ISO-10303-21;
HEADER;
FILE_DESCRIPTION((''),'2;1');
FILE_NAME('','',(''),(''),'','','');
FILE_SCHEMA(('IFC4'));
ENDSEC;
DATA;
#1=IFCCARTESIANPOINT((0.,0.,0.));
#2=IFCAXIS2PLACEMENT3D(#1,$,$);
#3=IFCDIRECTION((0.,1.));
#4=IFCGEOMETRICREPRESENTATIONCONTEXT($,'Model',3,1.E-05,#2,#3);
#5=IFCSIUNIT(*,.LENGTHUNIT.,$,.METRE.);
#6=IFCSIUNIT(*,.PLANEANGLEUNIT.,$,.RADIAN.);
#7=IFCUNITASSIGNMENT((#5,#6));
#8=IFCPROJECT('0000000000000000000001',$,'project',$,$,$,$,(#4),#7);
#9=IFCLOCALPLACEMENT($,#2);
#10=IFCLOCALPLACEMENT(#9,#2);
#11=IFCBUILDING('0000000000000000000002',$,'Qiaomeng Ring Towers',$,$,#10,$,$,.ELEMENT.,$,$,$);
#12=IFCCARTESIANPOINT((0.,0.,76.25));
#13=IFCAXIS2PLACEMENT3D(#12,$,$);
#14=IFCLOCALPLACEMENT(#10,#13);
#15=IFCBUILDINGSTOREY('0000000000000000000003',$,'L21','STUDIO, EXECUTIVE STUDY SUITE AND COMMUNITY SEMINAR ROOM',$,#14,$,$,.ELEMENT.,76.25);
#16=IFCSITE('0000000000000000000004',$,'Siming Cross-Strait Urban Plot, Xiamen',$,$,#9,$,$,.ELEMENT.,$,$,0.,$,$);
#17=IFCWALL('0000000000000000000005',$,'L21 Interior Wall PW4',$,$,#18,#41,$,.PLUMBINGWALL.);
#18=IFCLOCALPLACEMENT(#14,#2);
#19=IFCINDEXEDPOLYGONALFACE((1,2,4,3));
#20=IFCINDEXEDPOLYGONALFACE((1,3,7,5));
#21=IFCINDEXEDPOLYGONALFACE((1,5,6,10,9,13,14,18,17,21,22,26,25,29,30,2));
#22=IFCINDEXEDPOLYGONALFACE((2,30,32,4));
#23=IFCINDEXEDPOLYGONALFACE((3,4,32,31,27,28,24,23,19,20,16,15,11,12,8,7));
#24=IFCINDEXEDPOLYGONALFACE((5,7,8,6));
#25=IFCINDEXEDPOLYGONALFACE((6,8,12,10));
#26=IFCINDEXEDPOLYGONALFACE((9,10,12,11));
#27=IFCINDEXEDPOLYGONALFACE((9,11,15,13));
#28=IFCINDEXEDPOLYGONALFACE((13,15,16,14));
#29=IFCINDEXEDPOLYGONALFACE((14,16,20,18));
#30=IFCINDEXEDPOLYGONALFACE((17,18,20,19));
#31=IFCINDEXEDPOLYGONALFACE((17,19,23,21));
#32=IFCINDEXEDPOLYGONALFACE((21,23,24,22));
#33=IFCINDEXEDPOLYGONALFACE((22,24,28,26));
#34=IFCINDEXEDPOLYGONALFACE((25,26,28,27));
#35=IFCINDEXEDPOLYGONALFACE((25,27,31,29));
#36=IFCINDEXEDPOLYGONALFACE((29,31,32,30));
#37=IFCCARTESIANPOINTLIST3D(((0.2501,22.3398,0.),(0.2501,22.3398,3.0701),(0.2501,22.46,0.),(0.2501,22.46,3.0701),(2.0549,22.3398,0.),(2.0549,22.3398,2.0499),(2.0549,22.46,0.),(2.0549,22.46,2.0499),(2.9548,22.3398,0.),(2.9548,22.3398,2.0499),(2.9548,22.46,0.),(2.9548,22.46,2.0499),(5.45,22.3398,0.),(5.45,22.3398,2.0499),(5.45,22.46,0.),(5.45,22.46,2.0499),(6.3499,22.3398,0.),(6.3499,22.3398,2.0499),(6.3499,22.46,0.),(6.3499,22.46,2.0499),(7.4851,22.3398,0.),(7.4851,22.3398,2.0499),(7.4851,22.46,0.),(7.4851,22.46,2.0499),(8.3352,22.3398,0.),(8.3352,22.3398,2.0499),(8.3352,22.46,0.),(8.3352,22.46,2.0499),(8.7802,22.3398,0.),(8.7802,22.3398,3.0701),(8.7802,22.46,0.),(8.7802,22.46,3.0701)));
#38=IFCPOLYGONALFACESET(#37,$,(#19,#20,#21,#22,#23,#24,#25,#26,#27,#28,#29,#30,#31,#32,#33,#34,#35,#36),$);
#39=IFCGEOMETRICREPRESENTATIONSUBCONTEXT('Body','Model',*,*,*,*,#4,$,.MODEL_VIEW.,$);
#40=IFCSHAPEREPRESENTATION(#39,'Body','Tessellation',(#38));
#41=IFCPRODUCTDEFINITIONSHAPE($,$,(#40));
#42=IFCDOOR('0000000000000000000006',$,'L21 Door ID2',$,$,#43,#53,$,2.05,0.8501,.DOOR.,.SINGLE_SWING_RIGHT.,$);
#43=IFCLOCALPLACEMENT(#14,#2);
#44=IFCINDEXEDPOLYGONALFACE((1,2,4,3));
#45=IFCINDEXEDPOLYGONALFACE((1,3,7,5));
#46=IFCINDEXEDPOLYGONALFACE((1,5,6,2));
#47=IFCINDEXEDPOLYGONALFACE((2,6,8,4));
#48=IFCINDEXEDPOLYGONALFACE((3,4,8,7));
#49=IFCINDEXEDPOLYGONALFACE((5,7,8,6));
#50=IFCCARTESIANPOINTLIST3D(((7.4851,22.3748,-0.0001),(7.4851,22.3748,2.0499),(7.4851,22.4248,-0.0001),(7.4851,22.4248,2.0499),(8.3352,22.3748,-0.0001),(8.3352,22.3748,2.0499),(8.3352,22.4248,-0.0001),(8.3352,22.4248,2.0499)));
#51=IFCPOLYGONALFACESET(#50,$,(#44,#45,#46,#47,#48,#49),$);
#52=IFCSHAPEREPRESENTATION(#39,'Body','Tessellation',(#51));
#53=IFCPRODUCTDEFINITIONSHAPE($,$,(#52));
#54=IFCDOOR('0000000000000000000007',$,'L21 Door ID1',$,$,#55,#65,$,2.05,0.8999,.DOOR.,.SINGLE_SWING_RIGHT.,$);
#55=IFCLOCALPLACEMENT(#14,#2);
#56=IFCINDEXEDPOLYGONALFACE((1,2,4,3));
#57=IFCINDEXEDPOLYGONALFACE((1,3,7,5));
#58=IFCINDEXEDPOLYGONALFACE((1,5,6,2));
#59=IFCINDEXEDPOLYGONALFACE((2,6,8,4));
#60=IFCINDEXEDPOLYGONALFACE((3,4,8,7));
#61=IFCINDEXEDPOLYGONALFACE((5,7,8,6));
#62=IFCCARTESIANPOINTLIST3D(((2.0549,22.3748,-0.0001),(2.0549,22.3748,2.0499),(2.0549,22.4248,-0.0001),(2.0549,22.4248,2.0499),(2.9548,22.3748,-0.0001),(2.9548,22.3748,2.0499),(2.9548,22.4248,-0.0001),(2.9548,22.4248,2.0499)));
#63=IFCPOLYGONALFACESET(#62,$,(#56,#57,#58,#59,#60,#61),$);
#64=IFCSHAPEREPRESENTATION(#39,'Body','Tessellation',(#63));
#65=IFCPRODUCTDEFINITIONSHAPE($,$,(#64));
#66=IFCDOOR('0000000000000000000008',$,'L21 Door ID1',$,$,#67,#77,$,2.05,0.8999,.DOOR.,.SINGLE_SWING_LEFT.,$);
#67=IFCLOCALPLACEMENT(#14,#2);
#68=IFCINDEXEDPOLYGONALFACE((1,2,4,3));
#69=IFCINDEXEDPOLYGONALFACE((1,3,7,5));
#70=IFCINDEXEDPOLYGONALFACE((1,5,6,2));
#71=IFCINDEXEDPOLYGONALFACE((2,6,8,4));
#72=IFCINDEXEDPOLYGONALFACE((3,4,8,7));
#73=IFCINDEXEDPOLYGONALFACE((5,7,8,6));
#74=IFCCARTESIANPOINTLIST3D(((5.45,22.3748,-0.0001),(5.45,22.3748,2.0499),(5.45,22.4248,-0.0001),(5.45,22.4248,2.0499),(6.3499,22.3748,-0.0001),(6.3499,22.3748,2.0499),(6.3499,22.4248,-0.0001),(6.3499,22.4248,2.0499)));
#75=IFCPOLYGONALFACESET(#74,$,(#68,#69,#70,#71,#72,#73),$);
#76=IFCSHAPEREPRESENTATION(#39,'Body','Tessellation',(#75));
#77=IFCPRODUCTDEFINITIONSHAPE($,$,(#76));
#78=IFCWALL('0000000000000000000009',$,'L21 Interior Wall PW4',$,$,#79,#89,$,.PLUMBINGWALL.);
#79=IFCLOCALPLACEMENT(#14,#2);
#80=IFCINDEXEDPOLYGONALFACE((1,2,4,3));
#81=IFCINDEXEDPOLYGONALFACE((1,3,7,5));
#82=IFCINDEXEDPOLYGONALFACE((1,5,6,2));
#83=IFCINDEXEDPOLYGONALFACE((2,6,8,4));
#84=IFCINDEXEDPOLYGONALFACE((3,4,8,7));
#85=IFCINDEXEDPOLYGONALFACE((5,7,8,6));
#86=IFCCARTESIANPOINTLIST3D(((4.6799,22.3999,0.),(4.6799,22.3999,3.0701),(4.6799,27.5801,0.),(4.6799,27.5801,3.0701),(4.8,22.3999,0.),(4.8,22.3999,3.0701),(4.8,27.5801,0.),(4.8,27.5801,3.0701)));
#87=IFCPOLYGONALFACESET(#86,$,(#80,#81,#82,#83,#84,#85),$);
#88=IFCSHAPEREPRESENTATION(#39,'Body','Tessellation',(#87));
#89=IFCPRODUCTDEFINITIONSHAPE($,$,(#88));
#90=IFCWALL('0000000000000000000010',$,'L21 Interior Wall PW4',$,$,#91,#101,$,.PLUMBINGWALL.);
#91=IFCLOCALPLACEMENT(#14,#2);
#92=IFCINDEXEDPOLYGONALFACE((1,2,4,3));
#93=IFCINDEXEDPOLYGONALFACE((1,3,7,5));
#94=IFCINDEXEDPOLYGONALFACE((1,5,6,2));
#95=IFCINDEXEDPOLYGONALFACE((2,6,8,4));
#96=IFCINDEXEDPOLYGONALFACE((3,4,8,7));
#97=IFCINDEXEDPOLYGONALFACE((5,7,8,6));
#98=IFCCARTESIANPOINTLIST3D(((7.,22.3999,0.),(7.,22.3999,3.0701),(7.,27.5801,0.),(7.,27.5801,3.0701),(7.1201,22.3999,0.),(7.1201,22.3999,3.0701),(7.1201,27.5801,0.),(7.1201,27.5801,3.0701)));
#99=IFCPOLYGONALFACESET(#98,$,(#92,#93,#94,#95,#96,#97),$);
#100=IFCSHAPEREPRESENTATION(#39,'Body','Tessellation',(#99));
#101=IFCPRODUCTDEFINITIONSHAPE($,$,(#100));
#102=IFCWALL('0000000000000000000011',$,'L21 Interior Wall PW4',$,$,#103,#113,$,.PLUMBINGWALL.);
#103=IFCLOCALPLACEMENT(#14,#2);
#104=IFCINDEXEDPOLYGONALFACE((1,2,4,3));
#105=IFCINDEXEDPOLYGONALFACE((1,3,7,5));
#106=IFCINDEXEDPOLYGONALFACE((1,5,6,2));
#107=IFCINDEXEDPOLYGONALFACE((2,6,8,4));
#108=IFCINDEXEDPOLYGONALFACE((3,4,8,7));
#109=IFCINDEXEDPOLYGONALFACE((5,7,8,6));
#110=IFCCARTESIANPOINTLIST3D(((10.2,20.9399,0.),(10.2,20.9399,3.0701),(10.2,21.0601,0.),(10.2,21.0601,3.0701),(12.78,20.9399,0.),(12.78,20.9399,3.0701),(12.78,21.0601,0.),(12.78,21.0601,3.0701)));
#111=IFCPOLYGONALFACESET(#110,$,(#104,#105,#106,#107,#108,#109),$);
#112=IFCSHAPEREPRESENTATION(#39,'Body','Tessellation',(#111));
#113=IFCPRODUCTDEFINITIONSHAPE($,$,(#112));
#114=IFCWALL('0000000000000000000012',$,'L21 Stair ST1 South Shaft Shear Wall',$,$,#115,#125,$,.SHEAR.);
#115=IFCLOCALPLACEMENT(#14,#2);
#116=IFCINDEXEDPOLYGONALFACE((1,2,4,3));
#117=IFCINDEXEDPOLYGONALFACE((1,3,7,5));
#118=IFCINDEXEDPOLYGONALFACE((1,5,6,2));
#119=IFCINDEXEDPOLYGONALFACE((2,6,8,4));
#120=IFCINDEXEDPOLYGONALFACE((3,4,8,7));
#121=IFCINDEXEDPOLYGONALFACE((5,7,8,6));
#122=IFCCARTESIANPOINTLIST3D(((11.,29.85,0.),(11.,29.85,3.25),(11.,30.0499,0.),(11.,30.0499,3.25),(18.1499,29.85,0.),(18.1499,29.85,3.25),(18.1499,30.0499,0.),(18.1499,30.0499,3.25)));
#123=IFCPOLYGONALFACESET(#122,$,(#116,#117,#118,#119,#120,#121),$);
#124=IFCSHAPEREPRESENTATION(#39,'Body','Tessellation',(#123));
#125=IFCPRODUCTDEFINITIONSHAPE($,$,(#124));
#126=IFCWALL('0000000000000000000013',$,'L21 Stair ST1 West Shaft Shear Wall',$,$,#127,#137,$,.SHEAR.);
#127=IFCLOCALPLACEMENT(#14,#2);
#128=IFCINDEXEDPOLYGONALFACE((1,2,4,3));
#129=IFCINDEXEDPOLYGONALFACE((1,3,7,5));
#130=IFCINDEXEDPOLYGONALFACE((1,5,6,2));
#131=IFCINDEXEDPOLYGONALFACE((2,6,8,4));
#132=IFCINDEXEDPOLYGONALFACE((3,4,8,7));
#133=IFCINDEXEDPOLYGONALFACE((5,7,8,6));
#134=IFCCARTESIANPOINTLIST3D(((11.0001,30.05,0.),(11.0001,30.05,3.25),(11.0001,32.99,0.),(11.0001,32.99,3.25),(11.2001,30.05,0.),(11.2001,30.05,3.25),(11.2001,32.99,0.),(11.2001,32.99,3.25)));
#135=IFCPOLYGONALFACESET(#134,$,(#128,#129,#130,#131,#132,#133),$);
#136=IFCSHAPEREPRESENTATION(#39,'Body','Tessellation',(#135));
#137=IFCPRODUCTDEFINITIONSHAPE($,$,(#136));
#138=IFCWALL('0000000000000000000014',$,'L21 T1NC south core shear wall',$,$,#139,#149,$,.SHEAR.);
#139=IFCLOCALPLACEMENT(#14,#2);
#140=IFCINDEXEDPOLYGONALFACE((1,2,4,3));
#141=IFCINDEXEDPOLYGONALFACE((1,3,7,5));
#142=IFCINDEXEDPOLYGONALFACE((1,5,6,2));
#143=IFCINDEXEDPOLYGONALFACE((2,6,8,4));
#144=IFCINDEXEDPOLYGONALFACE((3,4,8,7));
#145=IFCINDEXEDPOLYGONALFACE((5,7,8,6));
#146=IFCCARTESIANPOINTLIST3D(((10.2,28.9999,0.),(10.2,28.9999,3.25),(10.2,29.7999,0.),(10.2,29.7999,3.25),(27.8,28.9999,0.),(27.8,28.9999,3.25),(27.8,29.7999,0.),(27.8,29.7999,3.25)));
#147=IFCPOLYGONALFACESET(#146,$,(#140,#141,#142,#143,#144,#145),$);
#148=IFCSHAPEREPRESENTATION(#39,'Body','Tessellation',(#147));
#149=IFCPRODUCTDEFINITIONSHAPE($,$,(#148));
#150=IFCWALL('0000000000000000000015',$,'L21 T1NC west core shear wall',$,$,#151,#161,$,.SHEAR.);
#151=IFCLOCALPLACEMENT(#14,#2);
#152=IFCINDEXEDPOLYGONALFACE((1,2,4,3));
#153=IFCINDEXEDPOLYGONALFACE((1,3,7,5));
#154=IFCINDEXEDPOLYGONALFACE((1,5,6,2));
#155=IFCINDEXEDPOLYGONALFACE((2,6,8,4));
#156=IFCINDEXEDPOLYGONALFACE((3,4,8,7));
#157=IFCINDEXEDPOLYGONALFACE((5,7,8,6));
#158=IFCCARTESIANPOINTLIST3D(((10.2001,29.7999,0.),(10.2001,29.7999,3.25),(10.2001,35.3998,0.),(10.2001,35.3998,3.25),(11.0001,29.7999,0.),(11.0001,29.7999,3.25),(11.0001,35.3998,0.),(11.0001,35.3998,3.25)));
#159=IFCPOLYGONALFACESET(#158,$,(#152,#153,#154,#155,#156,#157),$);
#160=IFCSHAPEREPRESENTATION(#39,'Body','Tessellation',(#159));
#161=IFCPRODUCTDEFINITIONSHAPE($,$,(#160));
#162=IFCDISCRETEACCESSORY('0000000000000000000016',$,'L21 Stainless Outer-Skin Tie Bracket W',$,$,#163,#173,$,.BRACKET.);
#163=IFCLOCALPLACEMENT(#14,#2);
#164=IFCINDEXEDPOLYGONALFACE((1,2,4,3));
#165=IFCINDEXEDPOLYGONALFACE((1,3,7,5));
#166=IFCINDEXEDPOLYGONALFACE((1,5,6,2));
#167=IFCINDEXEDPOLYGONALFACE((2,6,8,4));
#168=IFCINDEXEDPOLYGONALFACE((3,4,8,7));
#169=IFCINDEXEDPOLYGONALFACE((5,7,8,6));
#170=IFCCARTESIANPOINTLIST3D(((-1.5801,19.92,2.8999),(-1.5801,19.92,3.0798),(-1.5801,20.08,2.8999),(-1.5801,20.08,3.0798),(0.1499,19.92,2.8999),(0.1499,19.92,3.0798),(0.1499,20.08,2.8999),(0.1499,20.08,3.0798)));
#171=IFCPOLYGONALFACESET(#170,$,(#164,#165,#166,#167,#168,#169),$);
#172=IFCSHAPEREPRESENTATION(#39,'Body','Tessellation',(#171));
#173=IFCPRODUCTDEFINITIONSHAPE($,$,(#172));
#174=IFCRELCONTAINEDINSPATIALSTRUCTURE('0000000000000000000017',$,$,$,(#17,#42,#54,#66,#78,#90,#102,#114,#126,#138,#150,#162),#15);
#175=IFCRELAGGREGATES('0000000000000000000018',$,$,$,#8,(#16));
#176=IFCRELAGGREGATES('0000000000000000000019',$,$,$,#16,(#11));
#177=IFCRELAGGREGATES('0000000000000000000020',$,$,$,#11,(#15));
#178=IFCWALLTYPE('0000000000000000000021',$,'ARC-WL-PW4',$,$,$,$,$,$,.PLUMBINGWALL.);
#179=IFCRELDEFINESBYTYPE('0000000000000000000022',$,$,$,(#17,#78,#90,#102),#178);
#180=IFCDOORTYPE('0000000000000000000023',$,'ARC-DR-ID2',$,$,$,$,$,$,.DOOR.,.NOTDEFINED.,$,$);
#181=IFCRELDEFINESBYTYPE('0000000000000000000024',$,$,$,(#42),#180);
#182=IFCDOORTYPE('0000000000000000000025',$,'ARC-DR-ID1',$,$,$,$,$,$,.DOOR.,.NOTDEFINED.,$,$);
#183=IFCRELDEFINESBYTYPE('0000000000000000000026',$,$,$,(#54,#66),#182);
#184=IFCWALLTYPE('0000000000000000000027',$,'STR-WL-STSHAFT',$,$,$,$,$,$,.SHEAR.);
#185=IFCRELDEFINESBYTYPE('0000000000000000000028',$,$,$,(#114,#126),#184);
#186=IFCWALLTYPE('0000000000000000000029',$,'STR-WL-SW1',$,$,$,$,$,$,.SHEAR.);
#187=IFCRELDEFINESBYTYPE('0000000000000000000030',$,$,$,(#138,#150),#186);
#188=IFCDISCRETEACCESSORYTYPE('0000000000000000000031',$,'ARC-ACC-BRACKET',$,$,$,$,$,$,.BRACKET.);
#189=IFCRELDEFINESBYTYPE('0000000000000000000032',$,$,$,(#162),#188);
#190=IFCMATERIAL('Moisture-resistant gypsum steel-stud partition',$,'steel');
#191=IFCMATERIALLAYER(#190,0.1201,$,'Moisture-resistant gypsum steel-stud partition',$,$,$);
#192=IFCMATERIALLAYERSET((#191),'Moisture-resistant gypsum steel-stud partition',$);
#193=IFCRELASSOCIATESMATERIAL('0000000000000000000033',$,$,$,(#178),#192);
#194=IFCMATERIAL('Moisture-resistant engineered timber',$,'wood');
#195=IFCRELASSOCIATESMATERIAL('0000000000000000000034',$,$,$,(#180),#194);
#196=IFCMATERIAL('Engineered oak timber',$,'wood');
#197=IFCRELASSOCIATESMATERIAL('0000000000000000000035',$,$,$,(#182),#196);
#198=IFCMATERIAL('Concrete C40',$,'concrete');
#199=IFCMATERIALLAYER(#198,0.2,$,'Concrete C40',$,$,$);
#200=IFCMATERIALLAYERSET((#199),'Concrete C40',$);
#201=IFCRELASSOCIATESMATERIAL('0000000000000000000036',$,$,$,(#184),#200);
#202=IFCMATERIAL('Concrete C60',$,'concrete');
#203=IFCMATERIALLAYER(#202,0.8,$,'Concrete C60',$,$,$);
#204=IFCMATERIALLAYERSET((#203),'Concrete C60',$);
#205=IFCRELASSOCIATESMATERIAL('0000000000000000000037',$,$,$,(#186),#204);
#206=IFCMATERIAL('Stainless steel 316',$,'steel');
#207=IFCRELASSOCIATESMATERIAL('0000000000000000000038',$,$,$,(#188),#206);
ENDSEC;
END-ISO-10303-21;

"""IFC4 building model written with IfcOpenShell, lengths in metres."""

from ifc_helpers import new_model, si_unit, direction, frame, frame_2d, origin, origin_2d, place, context, subcontext, project, spatial, rectangle, extrude, source, transform, mapped, material, layer, layer_set, type_object, element, fill, save


model = new_model("IFC4")

# Units and contexts
model_context = context("Model", 3, precision=1e-05, world=origin(), true_north=direction((0.0, 1.0)))
body_context = subcontext(model_context, "Body", "Model", "MODEL_VIEW")
ifc_project = project(units=[si_unit("LENGTHUNIT", "METRE"), si_unit("PLANEANGLEUNIT", "RADIAN")], contexts=[model_context])

# Site, building, storey
site_placement = place(None, origin())
site = spatial("IfcSite", under=ifc_project, at=site_placement, Name="Siming Cross-Strait Urban Plot, Xiamen", CompositionType="ELEMENT", RefElevation=0.0)
building_placement = place(site_placement, origin())
building = spatial("IfcBuilding", under=site, at=building_placement, Name="Qiaomeng Ring Towers", CompositionType="ELEMENT")
storey_placement = place(building_placement, frame((0.0, 0.0, 76.25)))
storey = spatial("IfcBuildingStorey", under=building, at=storey_placement, Name="L21", Description="STUDIO, EXECUTIVE STUDY SUITE AND COMMUNITY SEMINAR ROOM", CompositionType="ELEMENT", Elevation=76.25)

# Shared definitions
ifc_material_1 = material(Name="Concrete C60", Category="concrete")

# Shared definitions
ifc_material_2 = material(Name="Stainless steel 316", Category="steel")

# Wall, openings, doors
ifc_material_3 = material(Name="Moisture-resistant gypsum steel-stud partition", Category="steel")
ifc_layer_1 = layer(ifc_material_3, 0.1201, Name="Moisture-resistant gypsum steel-stud partition")
ifc_layer_set_1 = layer_set([ifc_layer_1], Name="Moisture-resistant gypsum steel-stud partition")
wall_type_1 = type_object("IfcWallType", Name="ARC-WL-PW4", PredefinedType="PLUMBINGWALL", material=ifc_layer_set_1)
wall_1_placement = place(storey_placement, frame((0.25, 22.3999, 0.0), z_axis=(0.0, 0.0, 1.0), x_axis=(1.0, 0.0, 0.0)))
wall_1 = element("IfcWall", 1, at=wall_1_placement, inside=storey, type_object=wall_type_1, Name="L21 Interior Wall PW4", PredefinedType="PLUMBINGWALL", context=body_context, shape_type="SweptSolid", body=[
    extrude(rectangle(XDim=8.53, YDim=0.1201, at=frame_2d((4.2651, 0.0))), origin(), (0.0, 0.0, 1.0), 3.0701),
])
opening_1_placement = place(wall_1_placement, frame((1.8049, 0.0, 0.0)))
opening_1 = element("IfcOpeningElement", 2, at=opening_1_placement, cuts=wall_1, PredefinedType="OPENING", context=body_context, shape_type="SweptSolid", body=[
    extrude(rectangle(XDim=0.8999, YDim=2.05, at=frame_2d((0.45, 1.0249))), frame((0.0, 0.0701, 0.0), z_axis=(0.0, -1.0, 0.0), x_axis=(1.0, 0.0, 0.0)), (0.0, 0.0, 1.0), 0.1401),
])
opening_2_placement = place(wall_1_placement, frame((5.2, 0.0, 0.0)))
opening_2 = element("IfcOpeningElement", 3, at=opening_2_placement, cuts=wall_1, PredefinedType="OPENING", context=body_context, shape_type="SweptSolid", body=[
    extrude(rectangle(XDim=0.8999, YDim=2.05, at=frame_2d((0.45, 1.0249))), frame((0.0, 0.0701, 0.0), z_axis=(0.0, -1.0, 0.0), x_axis=(1.0, 0.0, 0.0)), (0.0, 0.0, 1.0), 0.1401),
])
opening_3_placement = place(wall_1_placement, frame((7.2351, 0.0, 0.0)))
opening_3 = element("IfcOpeningElement", 4, at=opening_3_placement, cuts=wall_1, PredefinedType="OPENING", context=body_context, shape_type="SweptSolid", body=[
    extrude(rectangle(XDim=0.8501, YDim=2.05, at=frame_2d((0.425, 1.0249))), frame((0.0, 0.0701, 0.0), z_axis=(0.0, -1.0, 0.0), x_axis=(1.0, 0.0, 0.0)), (0.0, 0.0, 1.0), 0.1401),
])
ifc_material_4 = material(Name="Moisture-resistant engineered timber", Category="wood")
door_type_1 = type_object("IfcDoorType", Name="ARC-DR-ID2", OperationType="NOTDEFINED", PredefinedType="DOOR", material=ifc_material_4)
shared_shape_1 = source(origin(), body_context, "Body", "SweptSolid", [
    extrude(rectangle(XDim=0.8501, YDim=2.05, at=frame_2d((0.425, 1.0249))), frame((0.0, 0.0249, 0.0), z_axis=(0.0, -1.0, 0.0), x_axis=(1.0, 0.0, 0.0)), (0.0, 0.0, 1.0), 0.05),
])
door_1_placement = place(opening_3_placement, origin())
door_1 = element("IfcDoor", 5, at=door_1_placement, inside=storey, type_object=door_type_1, Name="L21 Door ID2", OperationType="SINGLE_SWING_RIGHT", OverallHeight=2.05, OverallWidth=0.8501, PredefinedType="DOOR", context=body_context, shape_type="MappedRepresentation", body=[
    mapped(shared_shape_1, transform((0.0, 0.0, 0.0), x_axis=(1.0, 0.0, 0.0), y_axis=(0.0, 1.0, 0.0), z_axis=(0.0, 0.0, 1.0), scale=1.0)),
])
fill(opening_3, door_1)
ifc_material_5 = material(Name="Engineered oak timber", Category="wood")
door_type_2 = type_object("IfcDoorType", Name="ARC-DR-ID1", OperationType="NOTDEFINED", PredefinedType="DOOR", material=ifc_material_5)
shared_shape_2 = source(origin(), body_context, "Body", "SweptSolid", [
    extrude(rectangle(XDim=0.8999, YDim=2.05, at=frame_2d((0.45, 1.0249))), frame((0.0, 0.0249, 0.0), z_axis=(0.0, -1.0, 0.0), x_axis=(1.0, 0.0, 0.0)), (0.0, 0.0, 1.0), 0.05),
])
door_2_placement = place(opening_1_placement, origin())
door_2 = element("IfcDoor", 6, at=door_2_placement, inside=storey, type_object=door_type_2, Name="L21 Door ID1", OperationType="SINGLE_SWING_RIGHT", OverallHeight=2.05, OverallWidth=0.8999, PredefinedType="DOOR", context=body_context, shape_type="MappedRepresentation", body=[
    mapped(shared_shape_2, transform((0.0, 0.0, 0.0), x_axis=(1.0, 0.0, 0.0), y_axis=(0.0, 1.0, 0.0), z_axis=(0.0, 0.0, 1.0), scale=1.0)),
])
fill(opening_1, door_2)
door_3_placement = place(opening_2_placement, origin())
door_3 = element("IfcDoor", 7, at=door_3_placement, inside=storey, type_object=door_type_2, Name="L21 Door ID1", OperationType="SINGLE_SWING_LEFT", OverallHeight=2.05, OverallWidth=0.8999, PredefinedType="DOOR", context=body_context, shape_type="MappedRepresentation", body=[
    mapped(shared_shape_2, transform((0.0, 0.0, 0.0), x_axis=(1.0, 0.0, 0.0), y_axis=(0.0, 1.0, 0.0), z_axis=(0.0, 0.0, 1.0), scale=1.0)),
])
fill(opening_2, door_3)

# Walls
for number, where, z_axis, x_axis, name in (
    (8, (4.74, 22.3999, 0.0), (0.0, 0.0, 1.0), (0.0, 1.0, 0.0), "L21 Interior Wall PW4"),
    (9, (7.0601, 22.3999, 0.0), (0.0, 0.0, 1.0), (0.0, 1.0, 0.0), "L21 Interior Wall PW4"),
):
    element("IfcWall", number, at=place(storey_placement, frame(where, z_axis=z_axis, x_axis=x_axis)), inside=storey, type_object=wall_type_1, Name=name, PredefinedType="PLUMBINGWALL", context=body_context, shape_type="SweptSolid", body=[
        extrude(rectangle(XDim=5.1802, YDim=0.1201, at=frame_2d((2.5901, 0.0))), origin(), (0.0, 0.0, 1.0), 3.0701),
    ])
wall_2_placement = place(storey_placement, frame((10.2, 21.0, 0.0), z_axis=(0.0, 0.0, 1.0), x_axis=(1.0, 0.0, 0.0)))
element("IfcWall", 10, at=wall_2_placement, inside=storey, type_object=wall_type_1, Name="L21 Interior Wall PW4", PredefinedType="PLUMBINGWALL", context=body_context, shape_type="SweptSolid", body=[
    extrude(rectangle(XDim=2.5801, YDim=0.1201, at=frame_2d((1.29, 0.0))), origin(), (0.0, 0.0, 1.0), 3.0701),
])
ifc_material_6 = material(Name="Concrete C40", Category="concrete")
ifc_layer_2 = layer(ifc_material_6, 0.2, Name="Concrete C40")
ifc_layer_set_2 = layer_set([ifc_layer_2], Name="Concrete C40")
wall_type_2 = type_object("IfcWallType", Name="STR-WL-STSHAFT", PredefinedType="SHEAR", material=ifc_layer_set_2)
wall_3_placement = place(storey_placement, frame((11.0, 29.95, 0.0), z_axis=(0.0, 0.0, 1.0), x_axis=(1.0, 0.0, 0.0)))
element("IfcWall", 11, at=wall_3_placement, inside=storey, type_object=wall_type_2, Name="L21 Stair ST1 South Shaft Shear Wall", PredefinedType="SHEAR", context=body_context, shape_type="SweptSolid", body=[
    extrude(rectangle(XDim=7.1499, YDim=0.2, at=frame_2d((3.575, 0.0))), origin(), (0.0, 0.0, 1.0), 3.25),
])
wall_4_placement = place(storey_placement, frame((11.1001, 30.05, 0.0), z_axis=(0.0, 0.0, 1.0), x_axis=(0.0, 1.0, 0.0)))
element("IfcWall", 12, at=wall_4_placement, inside=storey, type_object=wall_type_2, Name="L21 Stair ST1 West Shaft Shear Wall", PredefinedType="SHEAR", context=body_context, shape_type="SweptSolid", body=[
    extrude(rectangle(XDim=2.9399, YDim=0.2, at=frame_2d((1.47, 0.0))), origin(), (0.0, 0.0, 1.0), 3.25),
])
ifc_layer_3 = layer(ifc_material_1, 0.8, Name="Concrete C60")
ifc_layer_set_3 = layer_set([ifc_layer_3], Name="Concrete C60")
wall_type_3 = type_object("IfcWallType", Name="STR-WL-SW1", PredefinedType="SHEAR", material=ifc_layer_set_3)
wall_5_placement = place(storey_placement, frame((10.2, 29.3999, 0.0), z_axis=(0.0, 0.0, 1.0), x_axis=(1.0, 0.0, 0.0)))
element("IfcWall", 13, at=wall_5_placement, inside=storey, type_object=wall_type_3, Name="L21 T1NC south core shear wall", PredefinedType="SHEAR", context=body_context, shape_type="SweptSolid", body=[
    extrude(rectangle(XDim=17.6001, YDim=0.8, at=frame_2d((8.8, 0.0))), origin(), (0.0, 0.0, 1.0), 3.25),
])
wall_6_placement = place(storey_placement, frame((10.6001, 29.8, 0.0), z_axis=(0.0, 0.0, 1.0), x_axis=(0.0, 1.0, 0.0)))
element("IfcWall", 14, at=wall_6_placement, inside=storey, type_object=wall_type_3, Name="L21 T1NC west core shear wall", PredefinedType="SHEAR", context=body_context, shape_type="SweptSolid", body=[
    extrude(rectangle(XDim=5.5999, YDim=0.8, at=frame_2d((2.7998, 0.0))), origin(), (0.0, 0.0, 1.0), 3.25),
])

# Discrete accessory
discrete_accessory_type = type_object("IfcDiscreteAccessoryType", Name="ARC-ACC-BRACKET", PredefinedType="BRACKET", material=ifc_material_2)
shared_shape_3 = source(origin(), body_context, "Body", "SweptSolid", [
    extrude(rectangle(XDim=1.73, YDim=0.1599, at=origin_2d()), origin(), (0.0, 0.0, 1.0), 0.1799),
])
discrete_accessory_placement = place(storey_placement, frame((-0.7151, 20.0, 2.8999), z_axis=(0.0, 0.0, 1.0), x_axis=(1.0, 0.0, 0.0)))
element("IfcDiscreteAccessory", 15, at=discrete_accessory_placement, inside=storey, type_object=discrete_accessory_type, Name="L21 Stainless Outer-Skin Tie Bracket W", PredefinedType="BRACKET", context=body_context, shape_type="MappedRepresentation", body=[
    mapped(shared_shape_3, transform((0.0, 0.0, 0.0), x_axis=(1.0, 0.0, 0.0), y_axis=(0.0, 1.0, 0.0), z_axis=(0.0, 0.0, 1.0), scale=1.0)),
])

save(model, "model.ifc")
